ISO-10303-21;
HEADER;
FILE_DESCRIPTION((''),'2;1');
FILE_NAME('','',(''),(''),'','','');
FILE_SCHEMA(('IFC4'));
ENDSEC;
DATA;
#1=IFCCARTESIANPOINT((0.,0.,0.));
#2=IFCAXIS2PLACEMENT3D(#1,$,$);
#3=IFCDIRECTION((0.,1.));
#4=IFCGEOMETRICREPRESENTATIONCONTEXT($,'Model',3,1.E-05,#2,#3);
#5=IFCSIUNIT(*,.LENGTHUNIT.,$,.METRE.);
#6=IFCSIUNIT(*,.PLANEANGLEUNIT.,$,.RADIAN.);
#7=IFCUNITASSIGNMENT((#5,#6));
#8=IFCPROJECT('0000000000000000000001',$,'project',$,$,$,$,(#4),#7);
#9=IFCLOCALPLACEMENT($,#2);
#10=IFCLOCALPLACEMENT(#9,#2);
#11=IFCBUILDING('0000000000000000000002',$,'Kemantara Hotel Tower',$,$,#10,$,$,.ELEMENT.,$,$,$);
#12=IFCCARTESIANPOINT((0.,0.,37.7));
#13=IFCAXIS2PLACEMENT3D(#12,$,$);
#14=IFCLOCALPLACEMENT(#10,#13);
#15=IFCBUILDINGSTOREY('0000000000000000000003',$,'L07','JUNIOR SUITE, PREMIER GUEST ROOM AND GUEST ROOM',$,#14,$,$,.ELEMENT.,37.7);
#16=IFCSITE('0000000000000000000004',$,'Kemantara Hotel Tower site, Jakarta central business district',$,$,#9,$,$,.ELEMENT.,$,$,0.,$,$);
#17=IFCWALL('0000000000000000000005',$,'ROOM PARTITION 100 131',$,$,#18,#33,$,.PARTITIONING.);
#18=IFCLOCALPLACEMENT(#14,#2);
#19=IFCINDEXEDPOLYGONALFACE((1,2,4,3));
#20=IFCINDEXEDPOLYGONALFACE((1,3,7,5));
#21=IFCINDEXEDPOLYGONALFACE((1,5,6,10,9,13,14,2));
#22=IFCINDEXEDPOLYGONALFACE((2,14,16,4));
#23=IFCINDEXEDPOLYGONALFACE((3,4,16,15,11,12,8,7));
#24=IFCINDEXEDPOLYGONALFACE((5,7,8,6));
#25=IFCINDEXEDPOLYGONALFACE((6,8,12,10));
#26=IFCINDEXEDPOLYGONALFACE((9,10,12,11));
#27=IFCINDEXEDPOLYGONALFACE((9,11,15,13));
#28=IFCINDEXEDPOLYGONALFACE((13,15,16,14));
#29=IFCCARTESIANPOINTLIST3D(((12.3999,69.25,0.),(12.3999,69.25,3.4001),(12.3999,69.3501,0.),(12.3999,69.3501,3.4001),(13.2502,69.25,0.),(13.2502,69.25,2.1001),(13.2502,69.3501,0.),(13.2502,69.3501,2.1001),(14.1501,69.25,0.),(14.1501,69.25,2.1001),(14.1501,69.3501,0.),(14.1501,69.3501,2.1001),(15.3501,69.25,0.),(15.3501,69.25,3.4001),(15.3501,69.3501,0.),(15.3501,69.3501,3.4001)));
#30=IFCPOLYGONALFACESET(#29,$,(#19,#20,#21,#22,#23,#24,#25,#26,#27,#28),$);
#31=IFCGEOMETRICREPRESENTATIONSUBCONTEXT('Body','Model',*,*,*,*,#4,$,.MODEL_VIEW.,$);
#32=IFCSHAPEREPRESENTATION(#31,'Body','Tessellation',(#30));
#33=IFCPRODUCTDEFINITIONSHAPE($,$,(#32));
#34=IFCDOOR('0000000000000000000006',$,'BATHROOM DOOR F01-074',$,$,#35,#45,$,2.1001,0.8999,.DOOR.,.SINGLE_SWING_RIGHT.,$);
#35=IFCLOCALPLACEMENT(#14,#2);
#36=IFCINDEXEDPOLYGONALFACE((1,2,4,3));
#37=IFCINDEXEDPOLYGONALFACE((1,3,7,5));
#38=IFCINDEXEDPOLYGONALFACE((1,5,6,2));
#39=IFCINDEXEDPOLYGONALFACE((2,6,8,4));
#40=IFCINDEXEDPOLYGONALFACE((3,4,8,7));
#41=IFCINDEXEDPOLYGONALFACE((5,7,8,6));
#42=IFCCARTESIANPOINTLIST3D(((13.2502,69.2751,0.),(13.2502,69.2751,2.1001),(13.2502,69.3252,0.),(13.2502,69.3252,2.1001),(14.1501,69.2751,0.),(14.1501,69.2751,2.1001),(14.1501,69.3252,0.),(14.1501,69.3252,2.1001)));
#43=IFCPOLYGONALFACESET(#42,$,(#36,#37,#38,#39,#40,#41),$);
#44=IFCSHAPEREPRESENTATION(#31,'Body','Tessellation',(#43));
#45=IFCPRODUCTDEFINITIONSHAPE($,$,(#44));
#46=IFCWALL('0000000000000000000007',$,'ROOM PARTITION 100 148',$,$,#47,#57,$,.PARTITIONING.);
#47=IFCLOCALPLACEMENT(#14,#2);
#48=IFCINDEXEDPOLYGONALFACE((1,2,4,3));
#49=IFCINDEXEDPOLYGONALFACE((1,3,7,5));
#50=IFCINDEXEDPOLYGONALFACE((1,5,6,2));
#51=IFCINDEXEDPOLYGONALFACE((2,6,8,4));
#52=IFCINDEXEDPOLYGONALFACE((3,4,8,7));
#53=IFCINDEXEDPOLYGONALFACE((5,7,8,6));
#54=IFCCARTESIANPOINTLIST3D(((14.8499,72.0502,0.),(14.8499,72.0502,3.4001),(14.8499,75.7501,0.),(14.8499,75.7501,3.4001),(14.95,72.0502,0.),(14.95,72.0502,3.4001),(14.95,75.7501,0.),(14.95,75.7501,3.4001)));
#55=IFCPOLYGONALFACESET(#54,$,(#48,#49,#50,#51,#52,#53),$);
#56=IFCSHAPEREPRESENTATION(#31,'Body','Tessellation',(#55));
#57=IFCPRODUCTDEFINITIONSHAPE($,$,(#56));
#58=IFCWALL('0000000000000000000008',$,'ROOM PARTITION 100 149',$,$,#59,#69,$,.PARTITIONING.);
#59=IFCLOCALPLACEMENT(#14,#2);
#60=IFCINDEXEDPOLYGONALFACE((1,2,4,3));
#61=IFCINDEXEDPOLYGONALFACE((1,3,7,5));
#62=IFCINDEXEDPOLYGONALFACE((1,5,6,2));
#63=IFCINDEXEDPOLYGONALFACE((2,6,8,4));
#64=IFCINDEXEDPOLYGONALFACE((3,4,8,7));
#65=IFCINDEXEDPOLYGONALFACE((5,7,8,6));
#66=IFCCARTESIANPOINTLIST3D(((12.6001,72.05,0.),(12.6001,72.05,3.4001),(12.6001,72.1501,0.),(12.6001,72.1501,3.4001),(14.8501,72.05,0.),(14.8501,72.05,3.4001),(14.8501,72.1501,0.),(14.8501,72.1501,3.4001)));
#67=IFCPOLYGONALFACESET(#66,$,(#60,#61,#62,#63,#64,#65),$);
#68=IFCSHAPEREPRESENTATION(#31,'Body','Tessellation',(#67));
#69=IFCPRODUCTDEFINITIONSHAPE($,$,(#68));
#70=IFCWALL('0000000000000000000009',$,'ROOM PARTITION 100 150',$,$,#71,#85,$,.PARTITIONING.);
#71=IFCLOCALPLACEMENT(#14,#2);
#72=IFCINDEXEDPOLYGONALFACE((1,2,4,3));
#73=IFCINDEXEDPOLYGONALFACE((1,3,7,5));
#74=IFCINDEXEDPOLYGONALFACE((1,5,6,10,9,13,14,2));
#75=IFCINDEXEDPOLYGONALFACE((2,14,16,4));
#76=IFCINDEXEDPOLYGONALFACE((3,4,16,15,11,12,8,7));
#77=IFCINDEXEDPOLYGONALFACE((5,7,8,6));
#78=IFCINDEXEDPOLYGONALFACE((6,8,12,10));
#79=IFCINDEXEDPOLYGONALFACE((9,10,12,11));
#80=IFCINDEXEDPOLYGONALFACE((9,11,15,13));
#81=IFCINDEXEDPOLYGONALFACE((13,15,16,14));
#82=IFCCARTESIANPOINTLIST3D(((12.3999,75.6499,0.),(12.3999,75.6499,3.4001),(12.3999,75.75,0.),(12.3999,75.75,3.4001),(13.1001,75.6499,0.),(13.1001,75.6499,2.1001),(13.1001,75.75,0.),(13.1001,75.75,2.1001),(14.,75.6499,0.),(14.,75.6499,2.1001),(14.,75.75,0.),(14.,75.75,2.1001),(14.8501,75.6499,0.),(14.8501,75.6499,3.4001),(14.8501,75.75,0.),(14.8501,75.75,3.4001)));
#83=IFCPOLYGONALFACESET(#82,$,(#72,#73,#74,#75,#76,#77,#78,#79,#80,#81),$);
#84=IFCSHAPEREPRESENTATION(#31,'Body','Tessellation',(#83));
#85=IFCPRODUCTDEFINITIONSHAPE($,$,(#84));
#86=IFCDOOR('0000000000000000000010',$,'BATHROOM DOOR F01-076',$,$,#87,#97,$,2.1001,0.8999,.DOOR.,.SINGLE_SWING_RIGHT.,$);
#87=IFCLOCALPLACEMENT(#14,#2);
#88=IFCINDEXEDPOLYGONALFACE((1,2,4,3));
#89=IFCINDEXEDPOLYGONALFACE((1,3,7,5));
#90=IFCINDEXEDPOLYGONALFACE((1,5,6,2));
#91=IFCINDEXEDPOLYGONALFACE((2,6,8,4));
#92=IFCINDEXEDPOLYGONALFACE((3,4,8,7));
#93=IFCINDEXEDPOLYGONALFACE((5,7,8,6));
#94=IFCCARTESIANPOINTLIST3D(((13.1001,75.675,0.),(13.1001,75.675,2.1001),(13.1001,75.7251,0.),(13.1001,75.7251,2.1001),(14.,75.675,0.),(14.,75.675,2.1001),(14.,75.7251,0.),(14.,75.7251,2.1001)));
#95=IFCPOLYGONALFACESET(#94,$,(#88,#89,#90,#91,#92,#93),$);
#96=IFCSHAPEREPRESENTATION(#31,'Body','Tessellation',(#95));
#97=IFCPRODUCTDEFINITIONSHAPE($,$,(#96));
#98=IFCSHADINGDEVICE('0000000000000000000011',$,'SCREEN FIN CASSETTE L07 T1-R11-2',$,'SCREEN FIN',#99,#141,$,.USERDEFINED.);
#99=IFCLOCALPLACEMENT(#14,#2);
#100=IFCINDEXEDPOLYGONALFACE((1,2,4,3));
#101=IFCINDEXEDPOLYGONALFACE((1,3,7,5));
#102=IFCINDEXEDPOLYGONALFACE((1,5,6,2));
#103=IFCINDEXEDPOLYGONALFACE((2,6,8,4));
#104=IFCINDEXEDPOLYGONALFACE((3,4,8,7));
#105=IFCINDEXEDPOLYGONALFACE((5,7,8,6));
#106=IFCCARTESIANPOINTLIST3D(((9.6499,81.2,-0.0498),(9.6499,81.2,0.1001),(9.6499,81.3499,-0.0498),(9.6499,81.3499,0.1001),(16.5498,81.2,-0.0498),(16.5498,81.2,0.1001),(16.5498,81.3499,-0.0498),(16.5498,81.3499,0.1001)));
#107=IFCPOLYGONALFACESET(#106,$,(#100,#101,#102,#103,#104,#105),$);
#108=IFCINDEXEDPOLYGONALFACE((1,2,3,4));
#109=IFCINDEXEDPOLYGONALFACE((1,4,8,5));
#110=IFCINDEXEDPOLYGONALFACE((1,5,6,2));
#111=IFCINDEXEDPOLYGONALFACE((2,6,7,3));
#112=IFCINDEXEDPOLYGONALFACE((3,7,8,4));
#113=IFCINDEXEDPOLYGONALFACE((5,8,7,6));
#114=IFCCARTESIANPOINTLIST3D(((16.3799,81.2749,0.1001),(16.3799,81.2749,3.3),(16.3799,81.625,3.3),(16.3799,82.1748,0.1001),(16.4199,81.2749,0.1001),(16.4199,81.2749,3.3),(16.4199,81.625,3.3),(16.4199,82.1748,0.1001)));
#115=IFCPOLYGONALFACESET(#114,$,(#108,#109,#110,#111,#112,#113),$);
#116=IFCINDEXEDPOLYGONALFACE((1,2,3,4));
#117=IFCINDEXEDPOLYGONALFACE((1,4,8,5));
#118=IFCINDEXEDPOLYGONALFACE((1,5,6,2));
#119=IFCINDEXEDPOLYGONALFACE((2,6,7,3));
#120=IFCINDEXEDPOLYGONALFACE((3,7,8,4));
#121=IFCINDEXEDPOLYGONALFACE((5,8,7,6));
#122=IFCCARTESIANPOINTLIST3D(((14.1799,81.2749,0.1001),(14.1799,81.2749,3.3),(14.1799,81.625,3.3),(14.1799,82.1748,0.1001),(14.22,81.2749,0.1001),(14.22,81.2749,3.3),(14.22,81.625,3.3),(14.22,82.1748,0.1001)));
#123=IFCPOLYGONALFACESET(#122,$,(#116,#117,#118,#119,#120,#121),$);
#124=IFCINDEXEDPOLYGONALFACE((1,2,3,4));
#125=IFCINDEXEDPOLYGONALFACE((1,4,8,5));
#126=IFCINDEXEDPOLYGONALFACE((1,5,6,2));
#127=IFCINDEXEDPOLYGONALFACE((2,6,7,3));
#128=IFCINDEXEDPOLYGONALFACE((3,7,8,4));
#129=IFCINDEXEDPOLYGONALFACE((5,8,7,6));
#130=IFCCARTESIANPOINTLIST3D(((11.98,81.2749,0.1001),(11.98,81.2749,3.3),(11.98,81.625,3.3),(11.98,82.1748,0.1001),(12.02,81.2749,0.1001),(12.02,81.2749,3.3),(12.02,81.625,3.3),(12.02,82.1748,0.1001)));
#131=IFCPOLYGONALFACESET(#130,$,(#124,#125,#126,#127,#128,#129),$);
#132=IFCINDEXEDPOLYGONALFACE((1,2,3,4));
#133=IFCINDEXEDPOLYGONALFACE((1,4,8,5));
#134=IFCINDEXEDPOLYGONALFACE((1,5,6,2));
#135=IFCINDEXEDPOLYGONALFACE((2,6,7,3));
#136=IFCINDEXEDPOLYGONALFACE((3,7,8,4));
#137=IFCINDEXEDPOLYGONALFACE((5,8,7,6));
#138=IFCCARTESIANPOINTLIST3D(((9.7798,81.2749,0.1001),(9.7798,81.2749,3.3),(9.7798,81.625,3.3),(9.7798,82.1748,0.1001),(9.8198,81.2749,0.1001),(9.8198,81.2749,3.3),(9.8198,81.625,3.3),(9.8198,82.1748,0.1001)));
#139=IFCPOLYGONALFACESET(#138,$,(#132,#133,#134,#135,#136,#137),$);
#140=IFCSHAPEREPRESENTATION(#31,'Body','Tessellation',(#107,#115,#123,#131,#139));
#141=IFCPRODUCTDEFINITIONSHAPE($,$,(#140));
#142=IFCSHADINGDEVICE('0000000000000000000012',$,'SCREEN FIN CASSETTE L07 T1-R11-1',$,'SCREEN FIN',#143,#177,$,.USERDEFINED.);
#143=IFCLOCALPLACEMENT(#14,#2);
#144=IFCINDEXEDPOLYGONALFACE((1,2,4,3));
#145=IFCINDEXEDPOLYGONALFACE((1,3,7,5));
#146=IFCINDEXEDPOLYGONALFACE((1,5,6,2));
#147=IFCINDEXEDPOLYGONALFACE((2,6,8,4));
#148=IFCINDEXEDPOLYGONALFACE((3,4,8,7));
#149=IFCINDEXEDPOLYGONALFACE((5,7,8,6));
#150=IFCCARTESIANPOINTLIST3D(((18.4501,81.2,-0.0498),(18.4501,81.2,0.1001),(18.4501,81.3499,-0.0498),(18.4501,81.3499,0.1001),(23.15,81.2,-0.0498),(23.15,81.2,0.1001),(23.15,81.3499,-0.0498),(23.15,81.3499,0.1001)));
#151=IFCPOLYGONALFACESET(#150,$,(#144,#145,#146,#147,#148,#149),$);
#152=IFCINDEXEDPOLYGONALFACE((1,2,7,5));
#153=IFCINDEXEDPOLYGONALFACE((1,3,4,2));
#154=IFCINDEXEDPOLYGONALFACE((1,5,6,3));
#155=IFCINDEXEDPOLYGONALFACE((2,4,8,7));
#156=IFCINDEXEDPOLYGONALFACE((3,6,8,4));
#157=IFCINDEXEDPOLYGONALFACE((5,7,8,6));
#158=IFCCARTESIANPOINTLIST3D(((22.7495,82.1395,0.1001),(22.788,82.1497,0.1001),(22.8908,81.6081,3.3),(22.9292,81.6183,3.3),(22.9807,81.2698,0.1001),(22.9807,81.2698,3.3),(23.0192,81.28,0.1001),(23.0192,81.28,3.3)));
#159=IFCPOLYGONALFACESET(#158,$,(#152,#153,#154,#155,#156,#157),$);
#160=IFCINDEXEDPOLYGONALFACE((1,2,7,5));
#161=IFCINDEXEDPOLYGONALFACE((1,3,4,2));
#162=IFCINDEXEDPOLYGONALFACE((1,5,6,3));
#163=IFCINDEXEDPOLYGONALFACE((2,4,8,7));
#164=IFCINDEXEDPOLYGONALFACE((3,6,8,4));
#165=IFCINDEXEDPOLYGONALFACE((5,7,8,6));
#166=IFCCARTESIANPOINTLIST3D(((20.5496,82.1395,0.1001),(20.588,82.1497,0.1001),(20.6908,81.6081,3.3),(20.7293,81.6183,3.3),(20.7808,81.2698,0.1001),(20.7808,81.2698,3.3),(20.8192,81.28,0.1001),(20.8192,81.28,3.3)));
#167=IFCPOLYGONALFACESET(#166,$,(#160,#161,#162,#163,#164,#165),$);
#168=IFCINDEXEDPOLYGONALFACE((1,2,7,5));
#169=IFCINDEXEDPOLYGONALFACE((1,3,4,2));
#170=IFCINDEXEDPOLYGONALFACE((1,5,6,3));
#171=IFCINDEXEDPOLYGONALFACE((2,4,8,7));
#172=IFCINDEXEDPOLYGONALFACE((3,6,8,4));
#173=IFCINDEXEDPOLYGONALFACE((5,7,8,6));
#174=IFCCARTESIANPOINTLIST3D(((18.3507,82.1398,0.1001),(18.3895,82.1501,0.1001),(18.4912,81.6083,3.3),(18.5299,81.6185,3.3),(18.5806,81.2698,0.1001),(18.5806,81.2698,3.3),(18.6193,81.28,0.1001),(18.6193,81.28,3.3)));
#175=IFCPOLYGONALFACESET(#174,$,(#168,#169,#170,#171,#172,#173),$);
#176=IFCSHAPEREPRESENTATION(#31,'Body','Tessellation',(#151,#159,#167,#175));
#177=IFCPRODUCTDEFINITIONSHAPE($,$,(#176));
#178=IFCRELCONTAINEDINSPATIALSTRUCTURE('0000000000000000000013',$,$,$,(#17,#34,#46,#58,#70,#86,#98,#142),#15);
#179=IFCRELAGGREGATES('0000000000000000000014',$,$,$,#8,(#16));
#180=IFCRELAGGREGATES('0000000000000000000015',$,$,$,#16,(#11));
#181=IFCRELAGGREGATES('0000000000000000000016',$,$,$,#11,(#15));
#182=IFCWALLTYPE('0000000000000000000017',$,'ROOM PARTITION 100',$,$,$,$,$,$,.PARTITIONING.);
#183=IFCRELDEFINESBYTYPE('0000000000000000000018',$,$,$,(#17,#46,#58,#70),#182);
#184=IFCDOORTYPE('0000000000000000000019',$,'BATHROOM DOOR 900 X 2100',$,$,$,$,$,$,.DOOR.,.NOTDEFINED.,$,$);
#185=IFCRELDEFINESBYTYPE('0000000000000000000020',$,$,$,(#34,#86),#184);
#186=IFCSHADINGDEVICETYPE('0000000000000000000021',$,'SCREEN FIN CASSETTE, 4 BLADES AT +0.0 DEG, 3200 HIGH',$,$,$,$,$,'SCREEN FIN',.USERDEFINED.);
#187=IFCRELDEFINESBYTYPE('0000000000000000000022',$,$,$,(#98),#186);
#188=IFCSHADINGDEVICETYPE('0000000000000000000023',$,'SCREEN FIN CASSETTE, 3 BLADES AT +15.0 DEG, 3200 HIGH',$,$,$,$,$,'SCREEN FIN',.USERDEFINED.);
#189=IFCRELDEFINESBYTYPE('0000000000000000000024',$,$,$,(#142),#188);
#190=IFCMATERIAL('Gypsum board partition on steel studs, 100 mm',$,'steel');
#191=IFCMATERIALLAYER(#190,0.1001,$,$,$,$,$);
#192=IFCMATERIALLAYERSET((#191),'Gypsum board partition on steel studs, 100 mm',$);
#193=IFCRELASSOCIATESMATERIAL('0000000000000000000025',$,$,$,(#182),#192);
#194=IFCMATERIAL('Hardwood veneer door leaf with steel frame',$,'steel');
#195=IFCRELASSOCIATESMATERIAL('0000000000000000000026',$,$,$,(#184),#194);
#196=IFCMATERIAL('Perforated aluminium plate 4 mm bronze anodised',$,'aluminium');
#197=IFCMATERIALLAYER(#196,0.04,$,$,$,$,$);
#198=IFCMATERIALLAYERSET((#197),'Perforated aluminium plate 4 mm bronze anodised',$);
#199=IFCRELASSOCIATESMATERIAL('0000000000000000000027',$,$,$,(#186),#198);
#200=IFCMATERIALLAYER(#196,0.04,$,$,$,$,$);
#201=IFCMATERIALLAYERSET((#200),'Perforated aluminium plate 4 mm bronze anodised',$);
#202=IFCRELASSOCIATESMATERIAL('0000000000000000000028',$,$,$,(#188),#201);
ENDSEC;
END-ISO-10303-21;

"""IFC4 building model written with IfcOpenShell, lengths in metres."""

from ifc_helpers import new_model, si_unit, direction, frame, frame_2d, origin, origin_2d, place, context, subcontext, project, spatial, polyline, rectangle, outline, extrude, source, transform, mapped, material, layer, layer_set, type_object, element, fill, save


model = new_model("IFC4")

# Units and contexts
model_context = context("Model", 3, precision=1e-05, world=origin(), true_north=direction((0.0, 1.0)))
body_context = subcontext(model_context, "Body", "Model", "MODEL_VIEW")
ifc_project = project(units=[si_unit("LENGTHUNIT", "METRE"), si_unit("PLANEANGLEUNIT", "RADIAN")], contexts=[model_context])

# Site, building, storey
site_placement = place(None, origin())
site = spatial("IfcSite", under=ifc_project, at=site_placement, Name="Kemantara Hotel Tower site, Jakarta central business district", CompositionType="ELEMENT", RefElevation=0.0)
building_placement = place(site_placement, origin())
building = spatial("IfcBuilding", under=site, at=building_placement, Name="Kemantara Hotel Tower", CompositionType="ELEMENT")
storey_placement = place(building_placement, frame((0.0, 0.0, 37.7)))
storey = spatial("IfcBuildingStorey", under=building, at=storey_placement, Name="L07", Description="JUNIOR SUITE, PREMIER GUEST ROOM AND GUEST ROOM", CompositionType="ELEMENT", Elevation=37.7)

# Shared definitions
ifc_material_1 = material(Name="Hardwood veneer door leaf with steel frame", Category="steel")

# Wall, opening, door
ifc_material_2 = material(Name="Gypsum board partition on steel studs, 100 mm", Category="steel")
ifc_layer_1 = layer(ifc_material_2, 0.1001)
ifc_layer_set_1 = layer_set([ifc_layer_1], Name="Gypsum board partition on steel studs, 100 mm")
wall_type_1 = type_object("IfcWallType", Name="ROOM PARTITION 100", PredefinedType="PARTITIONING", material=ifc_layer_set_1)
wall_1_placement = place(storey_placement, frame((15.3501, 69.3, 0.0), z_axis=(0.0, 0.0, 1.0), x_axis=(-1.0, 0.0, 0.0)))
wall_1 = element("IfcWall", 1, at=wall_1_placement, inside=storey, type_object=wall_type_1, Name="ROOM PARTITION 100 131", PredefinedType="PARTITIONING", context=body_context, shape_type="SweptSolid", body=[
    extrude(rectangle(XDim=2.9502, YDim=0.1001, at=frame_2d((1.4751, 0.0))), origin(), (0.0, 0.0, 1.0), 3.4001),
])
opening_1_placement = place(wall_1_placement, frame((1.2, 0.0, 0.0)))
opening_1 = element("IfcOpeningElement", 2, at=opening_1_placement, cuts=wall_1, PredefinedType="OPENING", context=body_context, shape_type="SweptSolid", body=[
    extrude(rectangle(XDim=0.8999, YDim=2.1001, at=frame_2d((0.45, 1.05))), frame((0.0, 0.0601, 0.0), z_axis=(0.0, -1.0, 0.0), x_axis=(1.0, 0.0, 0.0)), (0.0, 0.0, 1.0), 0.1201),
])
door_type_1 = type_object("IfcDoorType", Name="BATHROOM DOOR 900 X 2100", OperationType="NOTDEFINED", PredefinedType="DOOR", material=ifc_material_1)
door_1_placement = place(opening_1_placement, origin())
door_1 = element("IfcDoor", 3, at=door_1_placement, inside=storey, type_object=door_type_1, Name="BATHROOM DOOR F01-074", OperationType="SINGLE_SWING_RIGHT", OverallHeight=2.1001, OverallWidth=0.8999, PredefinedType="DOOR", context=body_context, shape_type="SweptSolid", body=[
    extrude(rectangle(XDim=0.8999, YDim=2.1001, at=frame_2d((0.45, 1.05))), frame((0.0, 0.0249, 0.0), z_axis=(0.0, -1.0, 0.0), x_axis=(1.0, 0.0, 0.0)), (0.0, 0.0, 1.0), 0.05),
])
fill(opening_1, door_1)

# Walls
wall_2_placement = place(storey_placement, frame((14.8999, 72.05, 0.0), z_axis=(0.0, 0.0, 1.0), x_axis=(0.0, 1.0, 0.0)))
element("IfcWall", 4, at=wall_2_placement, inside=storey, type_object=wall_type_1, Name="ROOM PARTITION 100 148", PredefinedType="PARTITIONING", context=body_context, shape_type="SweptSolid", body=[
    extrude(rectangle(XDim=3.7, YDim=0.1001, at=frame_2d((1.8501, 0.0))), origin(), (0.0, 0.0, 1.0), 3.4001),
])
wall_3_placement = place(storey_placement, frame((12.6001, 72.1001, 0.0), z_axis=(0.0, 0.0, 1.0), x_axis=(1.0, 0.0, 0.0)))
element("IfcWall", 5, at=wall_3_placement, inside=storey, type_object=wall_type_1, Name="ROOM PARTITION 100 149", PredefinedType="PARTITIONING", context=body_context, shape_type="SweptSolid", body=[
    extrude(rectangle(XDim=2.25, YDim=0.1001, at=frame_2d((1.125, 0.0))), origin(), (0.0, 0.0, 1.0), 3.4001),
])

# Wall, opening, door
wall_4_placement = place(storey_placement, frame((14.8501, 75.7, 0.0), z_axis=(0.0, 0.0, 1.0), x_axis=(-1.0, 0.0, 0.0)))
wall_4 = element("IfcWall", 6, at=wall_4_placement, inside=storey, type_object=wall_type_1, Name="ROOM PARTITION 100 150", PredefinedType="PARTITIONING", context=body_context, shape_type="SweptSolid", body=[
    extrude(rectangle(XDim=2.4502, YDim=0.1001, at=frame_2d((1.2251, 0.0))), origin(), (0.0, 0.0, 1.0), 3.4001),
])
opening_2_placement = place(wall_4_placement, frame((0.8501, 0.0, 0.0)))
opening_2 = element("IfcOpeningElement", 7, at=opening_2_placement, cuts=wall_4, PredefinedType="OPENING", context=body_context, shape_type="SweptSolid", body=[
    extrude(rectangle(XDim=0.8999, YDim=2.1001, at=frame_2d((0.45, 1.05))), frame((0.0, 0.0601, 0.0), z_axis=(0.0, -1.0, 0.0), x_axis=(1.0, 0.0, 0.0)), (0.0, 0.0, 1.0), 0.1201),
])
door_2_placement = place(opening_2_placement, origin())
door_2 = element("IfcDoor", 8, at=door_2_placement, inside=storey, type_object=door_type_1, Name="BATHROOM DOOR F01-076", OperationType="SINGLE_SWING_RIGHT", OverallHeight=2.1001, OverallWidth=0.8999, PredefinedType="DOOR", context=body_context, shape_type="SweptSolid", body=[
    extrude(rectangle(XDim=0.8999, YDim=2.1001, at=frame_2d((0.45, 1.05))), frame((0.0, 0.0249, 0.0), z_axis=(0.0, -1.0, 0.0), x_axis=(1.0, 0.0, 0.0)), (0.0, 0.0, 1.0), 0.05),
])
fill(opening_2, door_2)

# Shading devices
ifc_material_3 = material(Name="Perforated aluminium plate 4 mm bronze anodised", Category="aluminium")
ifc_layer_2 = layer(ifc_material_3, 0.04)
ifc_layer_set_2 = layer_set([ifc_layer_2], Name="Perforated aluminium plate 4 mm bronze anodised")
shading_device_type_1 = type_object("IfcShadingDeviceType", Name="SCREEN FIN CASSETTE, 4 BLADES AT +0.0 DEG, 3200 HIGH", ElementType="SCREEN FIN", PredefinedType="USERDEFINED", material=ifc_layer_set_2)
shared_shape_1 = source(origin(), body_context, "Body", "SweptSolid", [
    extrude(rectangle(XDim=6.8999, YDim=0.1499, at=origin_2d()), frame((3.3, -0.075, -0.1499), z_axis=(0.0, 0.0, 1.0), x_axis=(1.0, 0.0, 0.0)), (0.0, 0.0, 1.0), 0.1499),
    extrude(outline(polyline([(0.0, 0.0), (0.8999, 0.0), (0.3501, 3.2), (0.0, 3.2), (0.0, 0.0)])), frame((0.02, -0.075, 0.0), z_axis=(-1.0, 0.0, 0.0), x_axis=(0.0, -1.0, 0.0)), (0.0, 0.0, 1.0), 0.04),
    extrude(outline(polyline([(0.0, 0.0), (0.8999, 0.0), (0.3501, 3.2), (0.0, 3.2), (0.0, 0.0)])), frame((2.22, -0.075, 0.0), z_axis=(-1.0, 0.0, 0.0), x_axis=(0.0, -1.0, 0.0)), (0.0, 0.0, 1.0), 0.04),
    extrude(outline(polyline([(0.0, 0.0), (0.8999, 0.0), (0.3501, 3.2), (0.0, 3.2), (0.0, 0.0)])), frame((4.4199, -0.075, 0.0), z_axis=(-1.0, 0.0, 0.0), x_axis=(0.0, -1.0, 0.0)), (0.0, 0.0, 1.0), 0.04),
    extrude(outline(polyline([(0.0, 0.0), (0.8999, 0.0), (0.3501, 3.2), (0.0, 3.2), (0.0, 0.0)])), frame((6.6201, -0.075, 0.0), z_axis=(-1.0, 0.0, 0.0), x_axis=(0.0, -1.0, 0.0)), (0.0, 0.0, 1.0), 0.04),
])
shading_device_1_placement = place(storey_placement, frame((16.3999, 81.2, 0.1001), z_axis=(0.0, 0.0, 1.0), x_axis=(-1.0, 0.0, 0.0)))
element("IfcShadingDevice", 9, at=shading_device_1_placement, inside=storey, type_object=shading_device_type_1, Name="SCREEN FIN CASSETTE L07 T1-R11-2", ObjectType="SCREEN FIN", PredefinedType="USERDEFINED", context=body_context, shape_type="MappedRepresentation", body=[
    mapped(shared_shape_1, transform((0.0, 0.0, 0.0))),
])
ifc_layer_3 = layer(ifc_material_3, 0.04)
ifc_layer_set_3 = layer_set([ifc_layer_3], Name="Perforated aluminium plate 4 mm bronze anodised")
shading_device_type_2 = type_object("IfcShadingDeviceType", Name="SCREEN FIN CASSETTE, 3 BLADES AT +15.0 DEG, 3200 HIGH", ElementType="SCREEN FIN", PredefinedType="USERDEFINED", material=ifc_layer_set_3)
shared_shape_2 = source(origin(), body_context, "Body", "SweptSolid", [
    extrude(rectangle(XDim=4.7, YDim=0.1499, at=origin_2d()), frame((2.2, -0.075, -0.1499), z_axis=(0.0, 0.0, 1.0), x_axis=(1.0, 0.0, 0.0)), (0.0, 0.0, 1.0), 0.1499),
    extrude(outline(polyline([(0.0, 0.0), (0.8999, 0.0), (0.3501, 3.2), (0.0, 3.2), (0.0, 0.0)])), frame((0.0193, -0.0698, 0.0), z_axis=(-0.966438, -0.256901, 0.0), x_axis=(0.256901, -0.966438, 0.0)), (0.0, 0.0, 1.0), 0.0398),
    extrude(outline(polyline([(0.0, 0.0), (0.8999, 0.0), (0.3501, 3.2), (0.0, 3.2), (0.0, 0.0)])), frame((2.2192, -0.0698, 0.0), z_axis=(-0.966438, -0.256901, 0.0), x_axis=(0.256901, -0.966438, 0.0)), (0.0, 0.0, 1.0), 0.0398),
    extrude(outline(polyline([(0.0, 0.0), (0.8999, 0.0), (0.3501, 3.2), (0.0, 3.2), (0.0, 0.0)])), frame((4.4194, -0.0698, 0.0), z_axis=(-0.966838, -0.255391, 0.0), x_axis=(0.255391, -0.966838, 0.0)), (0.0, 0.0, 1.0), 0.04),
])
shading_device_2_placement = place(storey_placement, frame((23.0, 81.2, 0.1001), z_axis=(0.0, 0.0, 1.0), x_axis=(-1.0, 0.0, 0.0)))
element("IfcShadingDevice", 10, at=shading_device_2_placement, inside=storey, type_object=shading_device_type_2, Name="SCREEN FIN CASSETTE L07 T1-R11-1", ObjectType="SCREEN FIN", PredefinedType="USERDEFINED", context=body_context, shape_type="MappedRepresentation", body=[
    mapped(shared_shape_2, transform((0.0, 0.0, 0.0))),
])

save(model, "model.ifc")
